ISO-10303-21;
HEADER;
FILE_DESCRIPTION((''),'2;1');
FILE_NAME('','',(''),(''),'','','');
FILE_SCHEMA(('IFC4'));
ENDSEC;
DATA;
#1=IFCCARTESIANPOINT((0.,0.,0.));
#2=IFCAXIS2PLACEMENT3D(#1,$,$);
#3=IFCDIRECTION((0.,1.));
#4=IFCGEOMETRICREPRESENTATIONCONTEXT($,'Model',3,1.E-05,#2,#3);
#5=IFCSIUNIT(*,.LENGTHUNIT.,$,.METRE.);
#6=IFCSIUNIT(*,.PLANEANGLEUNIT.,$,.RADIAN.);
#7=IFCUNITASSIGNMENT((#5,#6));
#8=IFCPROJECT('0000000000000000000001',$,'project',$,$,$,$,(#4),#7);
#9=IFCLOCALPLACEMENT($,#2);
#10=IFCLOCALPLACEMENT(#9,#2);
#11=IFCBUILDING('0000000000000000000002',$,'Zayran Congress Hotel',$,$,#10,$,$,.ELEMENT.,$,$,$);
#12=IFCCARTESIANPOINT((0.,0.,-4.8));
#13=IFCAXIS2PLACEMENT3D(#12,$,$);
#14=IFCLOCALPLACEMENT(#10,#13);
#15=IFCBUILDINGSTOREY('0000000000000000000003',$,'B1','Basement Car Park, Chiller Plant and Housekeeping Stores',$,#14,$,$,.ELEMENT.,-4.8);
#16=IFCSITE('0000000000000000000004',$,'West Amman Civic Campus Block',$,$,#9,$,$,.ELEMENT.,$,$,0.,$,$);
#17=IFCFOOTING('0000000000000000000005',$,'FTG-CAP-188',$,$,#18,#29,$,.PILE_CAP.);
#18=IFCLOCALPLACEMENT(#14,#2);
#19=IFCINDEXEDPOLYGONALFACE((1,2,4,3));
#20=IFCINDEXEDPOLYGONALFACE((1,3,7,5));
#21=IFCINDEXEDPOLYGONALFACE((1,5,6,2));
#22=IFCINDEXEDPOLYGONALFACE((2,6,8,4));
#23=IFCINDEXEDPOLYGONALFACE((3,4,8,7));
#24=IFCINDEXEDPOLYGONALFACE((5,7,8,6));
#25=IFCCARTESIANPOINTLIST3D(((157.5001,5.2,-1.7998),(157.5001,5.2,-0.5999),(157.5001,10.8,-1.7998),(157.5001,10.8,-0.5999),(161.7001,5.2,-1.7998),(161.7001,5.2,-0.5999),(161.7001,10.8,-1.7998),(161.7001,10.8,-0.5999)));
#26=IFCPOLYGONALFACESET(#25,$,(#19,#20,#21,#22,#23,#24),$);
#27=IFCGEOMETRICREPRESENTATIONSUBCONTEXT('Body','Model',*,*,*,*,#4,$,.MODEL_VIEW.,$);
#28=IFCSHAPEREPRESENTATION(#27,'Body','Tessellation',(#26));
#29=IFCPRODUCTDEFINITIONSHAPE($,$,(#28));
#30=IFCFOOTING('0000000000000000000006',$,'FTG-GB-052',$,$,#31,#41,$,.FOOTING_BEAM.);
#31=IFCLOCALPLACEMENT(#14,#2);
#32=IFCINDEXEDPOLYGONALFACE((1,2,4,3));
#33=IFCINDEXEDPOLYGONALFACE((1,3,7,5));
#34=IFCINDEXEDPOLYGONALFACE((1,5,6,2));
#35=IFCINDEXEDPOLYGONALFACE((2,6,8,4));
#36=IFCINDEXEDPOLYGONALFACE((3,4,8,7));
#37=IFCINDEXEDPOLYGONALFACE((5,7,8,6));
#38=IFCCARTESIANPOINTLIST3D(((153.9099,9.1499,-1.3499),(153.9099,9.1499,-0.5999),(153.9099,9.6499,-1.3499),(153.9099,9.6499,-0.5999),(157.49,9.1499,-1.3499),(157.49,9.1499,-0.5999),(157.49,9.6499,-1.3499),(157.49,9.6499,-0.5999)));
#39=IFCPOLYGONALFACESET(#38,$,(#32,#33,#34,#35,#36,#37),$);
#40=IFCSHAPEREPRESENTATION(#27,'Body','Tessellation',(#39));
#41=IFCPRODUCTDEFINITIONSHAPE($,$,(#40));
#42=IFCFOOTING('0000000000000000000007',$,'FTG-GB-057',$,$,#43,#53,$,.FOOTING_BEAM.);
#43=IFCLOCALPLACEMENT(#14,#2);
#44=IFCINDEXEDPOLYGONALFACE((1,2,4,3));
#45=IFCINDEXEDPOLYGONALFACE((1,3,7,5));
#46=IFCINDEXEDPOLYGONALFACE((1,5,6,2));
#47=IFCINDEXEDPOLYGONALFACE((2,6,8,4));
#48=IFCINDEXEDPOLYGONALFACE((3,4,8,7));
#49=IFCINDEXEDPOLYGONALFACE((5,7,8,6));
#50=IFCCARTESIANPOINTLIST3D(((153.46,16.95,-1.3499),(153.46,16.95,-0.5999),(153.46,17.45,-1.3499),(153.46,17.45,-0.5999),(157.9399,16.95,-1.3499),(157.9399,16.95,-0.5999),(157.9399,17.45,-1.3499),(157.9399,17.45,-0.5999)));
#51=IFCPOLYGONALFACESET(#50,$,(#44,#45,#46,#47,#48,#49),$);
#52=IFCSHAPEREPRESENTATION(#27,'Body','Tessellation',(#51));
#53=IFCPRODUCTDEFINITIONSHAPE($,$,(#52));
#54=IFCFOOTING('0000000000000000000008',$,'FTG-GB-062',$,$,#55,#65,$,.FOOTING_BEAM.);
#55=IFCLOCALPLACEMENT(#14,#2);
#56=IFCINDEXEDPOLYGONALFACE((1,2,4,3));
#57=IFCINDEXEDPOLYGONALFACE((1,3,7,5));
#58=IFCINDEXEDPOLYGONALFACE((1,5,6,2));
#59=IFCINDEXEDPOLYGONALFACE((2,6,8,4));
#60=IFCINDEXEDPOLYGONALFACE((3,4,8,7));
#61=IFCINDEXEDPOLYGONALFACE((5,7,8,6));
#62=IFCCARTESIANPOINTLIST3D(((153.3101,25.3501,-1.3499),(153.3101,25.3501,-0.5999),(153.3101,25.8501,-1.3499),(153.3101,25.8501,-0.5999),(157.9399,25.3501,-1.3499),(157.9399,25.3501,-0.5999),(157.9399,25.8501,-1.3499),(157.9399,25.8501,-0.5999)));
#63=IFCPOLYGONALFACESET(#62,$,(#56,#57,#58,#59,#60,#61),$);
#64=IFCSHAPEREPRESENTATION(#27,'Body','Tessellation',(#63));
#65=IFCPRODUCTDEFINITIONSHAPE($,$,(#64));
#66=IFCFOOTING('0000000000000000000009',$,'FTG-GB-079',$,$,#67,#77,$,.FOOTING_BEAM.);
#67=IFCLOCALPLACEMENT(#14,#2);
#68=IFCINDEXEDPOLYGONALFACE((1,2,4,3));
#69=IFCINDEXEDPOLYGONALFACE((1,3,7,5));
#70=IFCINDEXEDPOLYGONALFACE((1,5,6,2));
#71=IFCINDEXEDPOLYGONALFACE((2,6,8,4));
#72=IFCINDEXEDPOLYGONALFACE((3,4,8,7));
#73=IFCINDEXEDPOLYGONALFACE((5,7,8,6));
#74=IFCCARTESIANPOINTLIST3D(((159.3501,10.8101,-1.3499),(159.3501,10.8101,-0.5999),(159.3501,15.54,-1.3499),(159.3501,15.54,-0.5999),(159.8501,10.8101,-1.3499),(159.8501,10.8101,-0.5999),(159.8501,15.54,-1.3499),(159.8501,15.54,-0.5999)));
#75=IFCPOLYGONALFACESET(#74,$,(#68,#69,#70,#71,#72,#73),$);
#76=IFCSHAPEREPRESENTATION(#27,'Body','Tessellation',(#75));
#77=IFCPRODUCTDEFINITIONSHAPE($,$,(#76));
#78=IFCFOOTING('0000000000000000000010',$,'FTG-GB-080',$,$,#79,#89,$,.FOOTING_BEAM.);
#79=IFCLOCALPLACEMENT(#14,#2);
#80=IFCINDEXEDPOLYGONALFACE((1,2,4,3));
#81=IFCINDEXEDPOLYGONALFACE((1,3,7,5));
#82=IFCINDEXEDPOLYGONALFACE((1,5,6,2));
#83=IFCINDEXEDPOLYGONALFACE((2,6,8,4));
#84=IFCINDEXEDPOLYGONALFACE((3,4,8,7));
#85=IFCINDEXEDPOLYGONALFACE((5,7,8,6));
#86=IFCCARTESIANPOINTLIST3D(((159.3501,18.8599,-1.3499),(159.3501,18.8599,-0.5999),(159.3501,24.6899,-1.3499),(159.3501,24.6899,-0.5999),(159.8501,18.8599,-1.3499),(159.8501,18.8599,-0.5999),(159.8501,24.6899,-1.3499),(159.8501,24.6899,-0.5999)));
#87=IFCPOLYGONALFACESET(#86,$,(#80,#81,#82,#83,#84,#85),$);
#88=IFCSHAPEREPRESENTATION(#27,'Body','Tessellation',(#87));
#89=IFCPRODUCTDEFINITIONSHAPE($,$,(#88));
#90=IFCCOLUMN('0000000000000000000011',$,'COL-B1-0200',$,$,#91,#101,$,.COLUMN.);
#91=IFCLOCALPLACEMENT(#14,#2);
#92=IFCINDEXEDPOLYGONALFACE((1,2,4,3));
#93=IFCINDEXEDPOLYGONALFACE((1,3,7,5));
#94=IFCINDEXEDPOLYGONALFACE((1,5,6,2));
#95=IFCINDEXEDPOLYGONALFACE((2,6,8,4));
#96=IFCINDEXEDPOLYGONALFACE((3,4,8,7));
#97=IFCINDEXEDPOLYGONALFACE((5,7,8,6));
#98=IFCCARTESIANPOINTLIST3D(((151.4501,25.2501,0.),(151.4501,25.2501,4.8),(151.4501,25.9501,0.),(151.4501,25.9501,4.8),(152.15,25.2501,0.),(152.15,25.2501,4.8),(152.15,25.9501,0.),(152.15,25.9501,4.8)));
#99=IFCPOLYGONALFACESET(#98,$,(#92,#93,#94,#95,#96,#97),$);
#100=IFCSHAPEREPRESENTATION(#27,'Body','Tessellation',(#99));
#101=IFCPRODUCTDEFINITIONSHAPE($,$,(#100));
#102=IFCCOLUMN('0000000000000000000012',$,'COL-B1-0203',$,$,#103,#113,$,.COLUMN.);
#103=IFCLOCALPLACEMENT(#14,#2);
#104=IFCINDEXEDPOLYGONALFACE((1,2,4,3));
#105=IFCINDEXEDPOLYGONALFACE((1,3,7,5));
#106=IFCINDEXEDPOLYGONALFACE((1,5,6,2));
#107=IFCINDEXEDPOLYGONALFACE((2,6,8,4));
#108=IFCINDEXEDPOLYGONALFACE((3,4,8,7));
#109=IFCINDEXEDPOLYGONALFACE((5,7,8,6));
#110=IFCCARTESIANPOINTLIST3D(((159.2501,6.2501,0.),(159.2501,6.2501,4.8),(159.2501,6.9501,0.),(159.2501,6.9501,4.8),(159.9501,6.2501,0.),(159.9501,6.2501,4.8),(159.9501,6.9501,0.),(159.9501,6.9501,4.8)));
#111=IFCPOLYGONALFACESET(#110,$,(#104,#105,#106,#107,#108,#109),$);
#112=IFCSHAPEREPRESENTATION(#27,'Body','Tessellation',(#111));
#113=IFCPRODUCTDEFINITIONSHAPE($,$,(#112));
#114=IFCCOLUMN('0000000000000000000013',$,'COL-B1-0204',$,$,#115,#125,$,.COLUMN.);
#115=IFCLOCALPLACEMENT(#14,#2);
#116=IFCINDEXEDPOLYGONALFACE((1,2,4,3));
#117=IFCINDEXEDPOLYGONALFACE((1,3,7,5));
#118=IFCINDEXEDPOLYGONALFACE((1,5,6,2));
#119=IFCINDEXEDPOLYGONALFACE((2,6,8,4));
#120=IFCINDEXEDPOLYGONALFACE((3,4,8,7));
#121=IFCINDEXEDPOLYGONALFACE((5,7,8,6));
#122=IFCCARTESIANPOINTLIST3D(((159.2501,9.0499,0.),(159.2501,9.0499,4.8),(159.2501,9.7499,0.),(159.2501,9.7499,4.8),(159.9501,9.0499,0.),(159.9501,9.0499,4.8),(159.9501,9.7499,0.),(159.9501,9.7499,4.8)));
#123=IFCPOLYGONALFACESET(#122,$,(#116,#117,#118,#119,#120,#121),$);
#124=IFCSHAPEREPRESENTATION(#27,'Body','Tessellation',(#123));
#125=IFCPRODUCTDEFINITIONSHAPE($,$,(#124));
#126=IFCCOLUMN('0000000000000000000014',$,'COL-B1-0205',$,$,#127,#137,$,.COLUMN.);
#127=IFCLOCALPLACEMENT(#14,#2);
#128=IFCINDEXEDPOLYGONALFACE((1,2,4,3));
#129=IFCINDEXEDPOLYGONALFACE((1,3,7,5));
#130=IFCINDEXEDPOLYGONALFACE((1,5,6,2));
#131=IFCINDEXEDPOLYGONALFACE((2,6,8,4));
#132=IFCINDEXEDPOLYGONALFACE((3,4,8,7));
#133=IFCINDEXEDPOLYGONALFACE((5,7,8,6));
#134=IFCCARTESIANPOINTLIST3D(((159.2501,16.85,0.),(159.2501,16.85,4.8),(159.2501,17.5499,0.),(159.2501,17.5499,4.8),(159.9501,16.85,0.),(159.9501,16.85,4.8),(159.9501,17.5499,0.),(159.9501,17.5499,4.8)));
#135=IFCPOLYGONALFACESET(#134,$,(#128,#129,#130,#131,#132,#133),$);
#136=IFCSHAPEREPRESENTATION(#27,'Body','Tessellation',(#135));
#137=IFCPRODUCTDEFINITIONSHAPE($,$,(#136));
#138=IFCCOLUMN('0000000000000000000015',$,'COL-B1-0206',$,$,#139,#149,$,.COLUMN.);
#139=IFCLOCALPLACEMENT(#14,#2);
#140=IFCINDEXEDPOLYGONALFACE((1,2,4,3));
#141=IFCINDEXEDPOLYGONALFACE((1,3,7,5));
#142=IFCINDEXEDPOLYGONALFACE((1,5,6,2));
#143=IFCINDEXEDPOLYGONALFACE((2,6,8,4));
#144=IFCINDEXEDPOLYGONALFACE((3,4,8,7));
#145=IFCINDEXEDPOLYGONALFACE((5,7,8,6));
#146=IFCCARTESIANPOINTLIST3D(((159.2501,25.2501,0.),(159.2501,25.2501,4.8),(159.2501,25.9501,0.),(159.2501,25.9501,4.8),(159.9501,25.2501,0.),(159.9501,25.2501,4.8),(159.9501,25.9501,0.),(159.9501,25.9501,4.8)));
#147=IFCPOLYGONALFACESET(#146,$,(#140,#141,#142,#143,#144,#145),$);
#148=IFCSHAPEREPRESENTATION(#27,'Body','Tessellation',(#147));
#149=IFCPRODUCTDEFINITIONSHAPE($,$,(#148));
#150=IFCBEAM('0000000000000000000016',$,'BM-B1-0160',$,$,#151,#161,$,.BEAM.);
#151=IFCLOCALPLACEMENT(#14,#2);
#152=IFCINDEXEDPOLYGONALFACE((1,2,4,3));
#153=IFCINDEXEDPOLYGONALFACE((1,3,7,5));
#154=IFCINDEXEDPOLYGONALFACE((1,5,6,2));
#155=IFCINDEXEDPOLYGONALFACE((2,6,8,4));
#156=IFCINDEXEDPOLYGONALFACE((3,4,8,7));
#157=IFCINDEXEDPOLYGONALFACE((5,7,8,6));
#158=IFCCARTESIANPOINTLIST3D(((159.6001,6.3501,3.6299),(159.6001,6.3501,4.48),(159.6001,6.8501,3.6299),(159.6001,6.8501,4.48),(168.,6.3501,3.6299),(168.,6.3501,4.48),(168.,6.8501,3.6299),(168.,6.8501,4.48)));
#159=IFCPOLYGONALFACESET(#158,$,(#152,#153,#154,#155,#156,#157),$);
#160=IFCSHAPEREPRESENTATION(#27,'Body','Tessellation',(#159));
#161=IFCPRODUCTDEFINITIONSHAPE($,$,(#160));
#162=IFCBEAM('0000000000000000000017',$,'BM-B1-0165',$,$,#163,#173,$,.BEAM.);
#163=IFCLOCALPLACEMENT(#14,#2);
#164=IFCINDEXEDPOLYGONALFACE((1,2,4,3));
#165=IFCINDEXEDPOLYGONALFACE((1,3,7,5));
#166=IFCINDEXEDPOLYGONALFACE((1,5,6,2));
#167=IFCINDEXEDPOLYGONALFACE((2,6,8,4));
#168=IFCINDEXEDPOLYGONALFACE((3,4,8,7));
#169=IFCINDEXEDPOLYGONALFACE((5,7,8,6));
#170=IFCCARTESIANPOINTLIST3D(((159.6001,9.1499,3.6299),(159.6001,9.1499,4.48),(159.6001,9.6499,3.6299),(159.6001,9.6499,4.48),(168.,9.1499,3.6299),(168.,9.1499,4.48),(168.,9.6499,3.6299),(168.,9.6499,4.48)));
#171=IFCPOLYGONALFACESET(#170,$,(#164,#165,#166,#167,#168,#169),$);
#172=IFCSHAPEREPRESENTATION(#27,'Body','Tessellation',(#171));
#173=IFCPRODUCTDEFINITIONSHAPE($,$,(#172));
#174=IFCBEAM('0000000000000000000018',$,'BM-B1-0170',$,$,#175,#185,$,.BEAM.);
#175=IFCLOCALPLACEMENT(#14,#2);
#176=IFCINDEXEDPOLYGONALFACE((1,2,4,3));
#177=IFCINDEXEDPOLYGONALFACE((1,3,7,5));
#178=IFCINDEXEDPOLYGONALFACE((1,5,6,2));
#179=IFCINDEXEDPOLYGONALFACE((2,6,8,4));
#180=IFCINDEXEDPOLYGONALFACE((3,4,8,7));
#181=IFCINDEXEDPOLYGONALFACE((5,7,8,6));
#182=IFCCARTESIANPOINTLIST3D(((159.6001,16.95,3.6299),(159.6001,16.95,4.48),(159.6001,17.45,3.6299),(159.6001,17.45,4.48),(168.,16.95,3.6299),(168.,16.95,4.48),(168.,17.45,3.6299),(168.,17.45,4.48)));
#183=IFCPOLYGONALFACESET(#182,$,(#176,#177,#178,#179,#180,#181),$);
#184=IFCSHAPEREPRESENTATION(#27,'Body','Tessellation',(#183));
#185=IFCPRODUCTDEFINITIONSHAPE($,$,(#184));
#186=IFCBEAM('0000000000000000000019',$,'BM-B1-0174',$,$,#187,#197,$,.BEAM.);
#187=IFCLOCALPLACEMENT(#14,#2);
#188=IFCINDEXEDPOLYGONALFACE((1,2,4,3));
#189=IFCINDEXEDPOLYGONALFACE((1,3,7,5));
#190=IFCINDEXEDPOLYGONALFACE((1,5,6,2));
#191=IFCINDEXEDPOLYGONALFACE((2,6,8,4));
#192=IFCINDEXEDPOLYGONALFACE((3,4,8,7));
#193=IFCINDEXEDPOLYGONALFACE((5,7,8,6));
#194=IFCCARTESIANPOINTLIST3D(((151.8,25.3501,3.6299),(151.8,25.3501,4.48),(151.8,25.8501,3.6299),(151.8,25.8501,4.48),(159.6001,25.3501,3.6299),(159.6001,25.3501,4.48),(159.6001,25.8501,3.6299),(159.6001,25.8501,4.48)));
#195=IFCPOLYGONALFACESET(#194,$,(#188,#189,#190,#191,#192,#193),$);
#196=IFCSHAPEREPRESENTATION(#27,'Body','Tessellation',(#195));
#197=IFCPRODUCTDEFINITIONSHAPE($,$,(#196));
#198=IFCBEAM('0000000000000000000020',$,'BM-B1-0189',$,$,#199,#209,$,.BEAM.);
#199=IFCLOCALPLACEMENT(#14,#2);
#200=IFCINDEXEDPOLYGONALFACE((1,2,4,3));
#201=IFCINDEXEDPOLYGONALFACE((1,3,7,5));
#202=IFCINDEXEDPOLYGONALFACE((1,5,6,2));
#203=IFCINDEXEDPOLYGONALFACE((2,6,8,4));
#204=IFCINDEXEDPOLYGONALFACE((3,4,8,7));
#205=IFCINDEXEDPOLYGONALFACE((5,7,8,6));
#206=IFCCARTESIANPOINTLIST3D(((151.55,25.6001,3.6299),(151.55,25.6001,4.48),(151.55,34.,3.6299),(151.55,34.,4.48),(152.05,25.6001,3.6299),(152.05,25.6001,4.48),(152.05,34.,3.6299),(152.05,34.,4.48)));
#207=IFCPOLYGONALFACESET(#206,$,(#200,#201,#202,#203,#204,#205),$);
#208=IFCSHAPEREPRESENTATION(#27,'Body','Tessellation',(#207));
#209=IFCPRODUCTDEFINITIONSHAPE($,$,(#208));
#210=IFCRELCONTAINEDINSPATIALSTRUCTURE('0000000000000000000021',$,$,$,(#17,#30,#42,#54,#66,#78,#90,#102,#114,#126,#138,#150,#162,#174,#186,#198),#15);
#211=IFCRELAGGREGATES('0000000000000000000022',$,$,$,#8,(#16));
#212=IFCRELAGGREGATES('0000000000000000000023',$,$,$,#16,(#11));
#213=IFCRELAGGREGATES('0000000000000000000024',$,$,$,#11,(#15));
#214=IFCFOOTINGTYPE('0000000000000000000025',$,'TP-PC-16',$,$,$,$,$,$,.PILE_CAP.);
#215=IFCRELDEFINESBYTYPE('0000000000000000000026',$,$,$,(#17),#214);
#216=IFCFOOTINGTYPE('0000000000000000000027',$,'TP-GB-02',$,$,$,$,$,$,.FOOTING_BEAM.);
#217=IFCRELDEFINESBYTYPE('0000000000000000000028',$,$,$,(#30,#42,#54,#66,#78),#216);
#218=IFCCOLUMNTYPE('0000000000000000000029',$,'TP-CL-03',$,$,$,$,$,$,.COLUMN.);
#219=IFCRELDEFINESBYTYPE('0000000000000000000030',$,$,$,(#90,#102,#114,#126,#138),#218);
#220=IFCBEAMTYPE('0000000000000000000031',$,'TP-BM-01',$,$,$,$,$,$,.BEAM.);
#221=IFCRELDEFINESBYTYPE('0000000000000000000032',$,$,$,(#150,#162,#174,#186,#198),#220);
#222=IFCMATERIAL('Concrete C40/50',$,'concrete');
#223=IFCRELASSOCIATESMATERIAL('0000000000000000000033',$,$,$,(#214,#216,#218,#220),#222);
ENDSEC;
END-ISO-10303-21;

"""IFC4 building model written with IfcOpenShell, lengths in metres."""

from ifc_helpers import new_model, si_unit, direction, frame, origin, origin_2d, place, context, subcontext, project, spatial, rectangle, extrude, material, material_profile, profile_set, type_object, element, save


model = new_model("IFC4")

# Units and contexts
model_context = context("Model", 3, precision=1e-05, world=origin(), true_north=direction((0.0, 1.0)))
body_context = subcontext(model_context, "Body", "Model", "MODEL_VIEW")
ifc_project = project(units=[si_unit("LENGTHUNIT", "METRE"), si_unit("PLANEANGLEUNIT", "RADIAN")], contexts=[model_context])

# Site, building, storey
site_placement = place(None, origin())
site = spatial("IfcSite", under=ifc_project, at=site_placement, Name="West Amman Civic Campus Block", CompositionType="ELEMENT", RefElevation=0.0)
building_placement = place(site_placement, origin())
building = spatial("IfcBuilding", under=site, at=building_placement, Name="Zayran Congress Hotel", CompositionType="ELEMENT")
storey_placement = place(building_placement, frame((0.0, 0.0, -4.8)))
storey = spatial("IfcBuildingStorey", under=building, at=storey_placement, Name="B1", Description="Basement Car Park, Chiller Plant and Housekeeping Stores", CompositionType="ELEMENT", Elevation=-4.8)

# Shared definitions
ifc_material = material(Name="Concrete C40/50", Category="concrete")

# Footings
footing_type_1 = type_object("IfcFootingType", Name="TP-PC-16", PredefinedType="PILE_CAP", material=ifc_material)
footing_1_placement = place(storey_placement, frame((159.6001, 8.0, -1.7998), z_axis=(0.0, 0.0, 1.0), x_axis=(1.0, 0.0, 0.0)))
element("IfcFooting", 1, at=footing_1_placement, inside=storey, type_object=footing_type_1, Name="FTG-CAP-188", PredefinedType="PILE_CAP", context=body_context, shape_type="SweptSolid", body=[
    extrude(rectangle(XDim=4.2, YDim=5.6001, at=origin_2d()), origin(), (0.0, 0.0, 1.0), 1.2),
])
footing_type_2 = type_object("IfcFootingType", Name="TP-GB-02", PredefinedType="FOOTING_BEAM", material=ifc_material)
footing_2_placement = place(storey_placement, frame((155.7, 9.3999, -1.3499), z_axis=(0.0, 0.0, 1.0), x_axis=(1.0, 0.0, 0.0)))
element("IfcFooting", 2, at=footing_2_placement, inside=storey, type_object=footing_type_2, Name="FTG-GB-052", PredefinedType="FOOTING_BEAM", context=body_context, shape_type="SweptSolid", body=[
    extrude(rectangle(XDim=3.5801, YDim=0.5, at=origin_2d()), origin(), (0.0, 0.0, 1.0), 0.75),
])
footing_3_placement = place(storey_placement, frame((155.7, 17.2, -1.3499), z_axis=(0.0, 0.0, 1.0), x_axis=(1.0, 0.0, 0.0)))
element("IfcFooting", 3, at=footing_3_placement, inside=storey, type_object=footing_type_2, Name="FTG-GB-057", PredefinedType="FOOTING_BEAM", context=body_context, shape_type="SweptSolid", body=[
    extrude(rectangle(XDim=4.48, YDim=0.5, at=origin_2d()), origin(), (0.0, 0.0, 1.0), 0.75),
])
footing_4_placement = place(storey_placement, frame((155.625, 25.6001, -1.3499), z_axis=(0.0, 0.0, 1.0), x_axis=(1.0, 0.0, 0.0)))
element("IfcFooting", 4, at=footing_4_placement, inside=storey, type_object=footing_type_2, Name="FTG-GB-062", PredefinedType="FOOTING_BEAM", context=body_context, shape_type="SweptSolid", body=[
    extrude(rectangle(XDim=4.6299, YDim=0.5, at=origin_2d()), origin(), (0.0, 0.0, 1.0), 0.75),
])
footing_5_placement = place(storey_placement, frame((159.6001, 13.175, -1.3499), z_axis=(0.0, 0.0, 1.0), x_axis=(0.0, 1.0, 0.0)))
element("IfcFooting", 5, at=footing_5_placement, inside=storey, type_object=footing_type_2, Name="FTG-GB-079", PredefinedType="FOOTING_BEAM", context=body_context, shape_type="SweptSolid", body=[
    extrude(rectangle(XDim=4.73, YDim=0.5, at=origin_2d()), origin(), (0.0, 0.0, 1.0), 0.75),
])
footing_6_placement = place(storey_placement, frame((159.6001, 21.7749, -1.3499), z_axis=(0.0, 0.0, 1.0), x_axis=(0.0, 1.0, 0.0)))
element("IfcFooting", 6, at=footing_6_placement, inside=storey, type_object=footing_type_2, Name="FTG-GB-080", PredefinedType="FOOTING_BEAM", context=body_context, shape_type="SweptSolid", body=[
    extrude(rectangle(XDim=5.8301, YDim=0.5, at=origin_2d()), origin(), (0.0, 0.0, 1.0), 0.75),
])

# Columns
ifc_material_profile_1 = material_profile(ifc_material, rectangle(XDim=0.7, YDim=0.7, at=origin_2d()), Name="RC 700x700")
ifc_profile_set_1 = profile_set([ifc_material_profile_1], Name="Concrete C40/50")
column_type = type_object("IfcColumnType", Name="TP-CL-03", PredefinedType="COLUMN", material=ifc_profile_set_1)
for number, where, z_axis, x_axis, name in (
    (7, (151.8, 25.6001, 0.0), (0.0, 0.0, 1.0), (1.0, 0.0, 0.0), "COL-B1-0200"),
    (8, (159.6001, 6.6001, 0.0), (0.0, 0.0, 1.0), (1.0, 0.0, 0.0), "COL-B1-0203"),
    (9, (159.6001, 9.3999, 0.0), (0.0, 0.0, 1.0), (1.0, 0.0, 0.0), "COL-B1-0204"),
    (10, (159.6001, 17.2, 0.0), (0.0, 0.0, 1.0), (1.0, 0.0, 0.0), "COL-B1-0205"),
    (11, (159.6001, 25.6001, 0.0), (0.0, 0.0, 1.0), (1.0, 0.0, 0.0), "COL-B1-0206"),
):
    element("IfcColumn", number, at=place(storey_placement, frame(where, z_axis=z_axis, x_axis=x_axis)), inside=storey, type_object=column_type, Name=name, PredefinedType="COLUMN", context=body_context, shape_type="SweptSolid", body=[
        extrude(rectangle(XDim=0.7, YDim=0.7, at=origin_2d()), origin(), (0.0, 0.0, 1.0), 4.8),
    ])

# Beams
ifc_material_profile_2 = material_profile(ifc_material, rectangle(XDim=0.5, YDim=0.8501, at=origin_2d()), Name="RC 500x850")
ifc_profile_set_2 = profile_set([ifc_material_profile_2], Name="Concrete C40/50")
beam_type = type_object("IfcBeamType", Name="TP-BM-01", PredefinedType="BEAM", material=ifc_profile_set_2)
for number, where, z_axis, x_axis, name in (
    (12, (159.6001, 6.6001, 4.0549), (1.0, 0.0, 0.0), (0.0, 1.0, 0.0), "BM-B1-0160"),
    (13, (159.6001, 9.3999, 4.0549), (1.0, 0.0, 0.0), (0.0, 1.0, 0.0), "BM-B1-0165"),
    (14, (159.6001, 17.2, 4.0549), (1.0, 0.0, 0.0), (0.0, 1.0, 0.0), "BM-B1-0170"),
):
    element("IfcBeam", number, at=place(storey_placement, frame(where, z_axis=z_axis, x_axis=x_axis)), inside=storey, type_object=beam_type, Name=name, PredefinedType="BEAM", context=body_context, shape_type="SweptSolid", body=[
        extrude(rectangle(XDim=0.5, YDim=0.8501, at=origin_2d()), origin(), (0.0, 0.0, 1.0), 8.3999),
    ])
beam_1_placement = place(storey_placement, frame((151.8, 25.6001, 4.0549), z_axis=(1.0, 0.0, 0.0), x_axis=(0.0, 1.0, 0.0)))
element("IfcBeam", 15, at=beam_1_placement, inside=storey, type_object=beam_type, Name="BM-B1-0174", PredefinedType="BEAM", context=body_context, shape_type="SweptSolid", body=[
    extrude(rectangle(XDim=0.5, YDim=0.8501, at=origin_2d()), origin(), (0.0, 0.0, 1.0), 7.8),
])
beam_2_placement = place(storey_placement, frame((151.8, 25.6001, 4.0549), z_axis=(0.0, 1.0, 0.0), x_axis=(-1.0, 0.0, 0.0)))
element("IfcBeam", 16, at=beam_2_placement, inside=storey, type_object=beam_type, Name="BM-B1-0189", PredefinedType="BEAM", context=body_context, shape_type="SweptSolid", body=[
    extrude(rectangle(XDim=0.5, YDim=0.8501, at=origin_2d()), origin(), (0.0, 0.0, 1.0), 8.3999),
])

save(model, "model.ifc")
